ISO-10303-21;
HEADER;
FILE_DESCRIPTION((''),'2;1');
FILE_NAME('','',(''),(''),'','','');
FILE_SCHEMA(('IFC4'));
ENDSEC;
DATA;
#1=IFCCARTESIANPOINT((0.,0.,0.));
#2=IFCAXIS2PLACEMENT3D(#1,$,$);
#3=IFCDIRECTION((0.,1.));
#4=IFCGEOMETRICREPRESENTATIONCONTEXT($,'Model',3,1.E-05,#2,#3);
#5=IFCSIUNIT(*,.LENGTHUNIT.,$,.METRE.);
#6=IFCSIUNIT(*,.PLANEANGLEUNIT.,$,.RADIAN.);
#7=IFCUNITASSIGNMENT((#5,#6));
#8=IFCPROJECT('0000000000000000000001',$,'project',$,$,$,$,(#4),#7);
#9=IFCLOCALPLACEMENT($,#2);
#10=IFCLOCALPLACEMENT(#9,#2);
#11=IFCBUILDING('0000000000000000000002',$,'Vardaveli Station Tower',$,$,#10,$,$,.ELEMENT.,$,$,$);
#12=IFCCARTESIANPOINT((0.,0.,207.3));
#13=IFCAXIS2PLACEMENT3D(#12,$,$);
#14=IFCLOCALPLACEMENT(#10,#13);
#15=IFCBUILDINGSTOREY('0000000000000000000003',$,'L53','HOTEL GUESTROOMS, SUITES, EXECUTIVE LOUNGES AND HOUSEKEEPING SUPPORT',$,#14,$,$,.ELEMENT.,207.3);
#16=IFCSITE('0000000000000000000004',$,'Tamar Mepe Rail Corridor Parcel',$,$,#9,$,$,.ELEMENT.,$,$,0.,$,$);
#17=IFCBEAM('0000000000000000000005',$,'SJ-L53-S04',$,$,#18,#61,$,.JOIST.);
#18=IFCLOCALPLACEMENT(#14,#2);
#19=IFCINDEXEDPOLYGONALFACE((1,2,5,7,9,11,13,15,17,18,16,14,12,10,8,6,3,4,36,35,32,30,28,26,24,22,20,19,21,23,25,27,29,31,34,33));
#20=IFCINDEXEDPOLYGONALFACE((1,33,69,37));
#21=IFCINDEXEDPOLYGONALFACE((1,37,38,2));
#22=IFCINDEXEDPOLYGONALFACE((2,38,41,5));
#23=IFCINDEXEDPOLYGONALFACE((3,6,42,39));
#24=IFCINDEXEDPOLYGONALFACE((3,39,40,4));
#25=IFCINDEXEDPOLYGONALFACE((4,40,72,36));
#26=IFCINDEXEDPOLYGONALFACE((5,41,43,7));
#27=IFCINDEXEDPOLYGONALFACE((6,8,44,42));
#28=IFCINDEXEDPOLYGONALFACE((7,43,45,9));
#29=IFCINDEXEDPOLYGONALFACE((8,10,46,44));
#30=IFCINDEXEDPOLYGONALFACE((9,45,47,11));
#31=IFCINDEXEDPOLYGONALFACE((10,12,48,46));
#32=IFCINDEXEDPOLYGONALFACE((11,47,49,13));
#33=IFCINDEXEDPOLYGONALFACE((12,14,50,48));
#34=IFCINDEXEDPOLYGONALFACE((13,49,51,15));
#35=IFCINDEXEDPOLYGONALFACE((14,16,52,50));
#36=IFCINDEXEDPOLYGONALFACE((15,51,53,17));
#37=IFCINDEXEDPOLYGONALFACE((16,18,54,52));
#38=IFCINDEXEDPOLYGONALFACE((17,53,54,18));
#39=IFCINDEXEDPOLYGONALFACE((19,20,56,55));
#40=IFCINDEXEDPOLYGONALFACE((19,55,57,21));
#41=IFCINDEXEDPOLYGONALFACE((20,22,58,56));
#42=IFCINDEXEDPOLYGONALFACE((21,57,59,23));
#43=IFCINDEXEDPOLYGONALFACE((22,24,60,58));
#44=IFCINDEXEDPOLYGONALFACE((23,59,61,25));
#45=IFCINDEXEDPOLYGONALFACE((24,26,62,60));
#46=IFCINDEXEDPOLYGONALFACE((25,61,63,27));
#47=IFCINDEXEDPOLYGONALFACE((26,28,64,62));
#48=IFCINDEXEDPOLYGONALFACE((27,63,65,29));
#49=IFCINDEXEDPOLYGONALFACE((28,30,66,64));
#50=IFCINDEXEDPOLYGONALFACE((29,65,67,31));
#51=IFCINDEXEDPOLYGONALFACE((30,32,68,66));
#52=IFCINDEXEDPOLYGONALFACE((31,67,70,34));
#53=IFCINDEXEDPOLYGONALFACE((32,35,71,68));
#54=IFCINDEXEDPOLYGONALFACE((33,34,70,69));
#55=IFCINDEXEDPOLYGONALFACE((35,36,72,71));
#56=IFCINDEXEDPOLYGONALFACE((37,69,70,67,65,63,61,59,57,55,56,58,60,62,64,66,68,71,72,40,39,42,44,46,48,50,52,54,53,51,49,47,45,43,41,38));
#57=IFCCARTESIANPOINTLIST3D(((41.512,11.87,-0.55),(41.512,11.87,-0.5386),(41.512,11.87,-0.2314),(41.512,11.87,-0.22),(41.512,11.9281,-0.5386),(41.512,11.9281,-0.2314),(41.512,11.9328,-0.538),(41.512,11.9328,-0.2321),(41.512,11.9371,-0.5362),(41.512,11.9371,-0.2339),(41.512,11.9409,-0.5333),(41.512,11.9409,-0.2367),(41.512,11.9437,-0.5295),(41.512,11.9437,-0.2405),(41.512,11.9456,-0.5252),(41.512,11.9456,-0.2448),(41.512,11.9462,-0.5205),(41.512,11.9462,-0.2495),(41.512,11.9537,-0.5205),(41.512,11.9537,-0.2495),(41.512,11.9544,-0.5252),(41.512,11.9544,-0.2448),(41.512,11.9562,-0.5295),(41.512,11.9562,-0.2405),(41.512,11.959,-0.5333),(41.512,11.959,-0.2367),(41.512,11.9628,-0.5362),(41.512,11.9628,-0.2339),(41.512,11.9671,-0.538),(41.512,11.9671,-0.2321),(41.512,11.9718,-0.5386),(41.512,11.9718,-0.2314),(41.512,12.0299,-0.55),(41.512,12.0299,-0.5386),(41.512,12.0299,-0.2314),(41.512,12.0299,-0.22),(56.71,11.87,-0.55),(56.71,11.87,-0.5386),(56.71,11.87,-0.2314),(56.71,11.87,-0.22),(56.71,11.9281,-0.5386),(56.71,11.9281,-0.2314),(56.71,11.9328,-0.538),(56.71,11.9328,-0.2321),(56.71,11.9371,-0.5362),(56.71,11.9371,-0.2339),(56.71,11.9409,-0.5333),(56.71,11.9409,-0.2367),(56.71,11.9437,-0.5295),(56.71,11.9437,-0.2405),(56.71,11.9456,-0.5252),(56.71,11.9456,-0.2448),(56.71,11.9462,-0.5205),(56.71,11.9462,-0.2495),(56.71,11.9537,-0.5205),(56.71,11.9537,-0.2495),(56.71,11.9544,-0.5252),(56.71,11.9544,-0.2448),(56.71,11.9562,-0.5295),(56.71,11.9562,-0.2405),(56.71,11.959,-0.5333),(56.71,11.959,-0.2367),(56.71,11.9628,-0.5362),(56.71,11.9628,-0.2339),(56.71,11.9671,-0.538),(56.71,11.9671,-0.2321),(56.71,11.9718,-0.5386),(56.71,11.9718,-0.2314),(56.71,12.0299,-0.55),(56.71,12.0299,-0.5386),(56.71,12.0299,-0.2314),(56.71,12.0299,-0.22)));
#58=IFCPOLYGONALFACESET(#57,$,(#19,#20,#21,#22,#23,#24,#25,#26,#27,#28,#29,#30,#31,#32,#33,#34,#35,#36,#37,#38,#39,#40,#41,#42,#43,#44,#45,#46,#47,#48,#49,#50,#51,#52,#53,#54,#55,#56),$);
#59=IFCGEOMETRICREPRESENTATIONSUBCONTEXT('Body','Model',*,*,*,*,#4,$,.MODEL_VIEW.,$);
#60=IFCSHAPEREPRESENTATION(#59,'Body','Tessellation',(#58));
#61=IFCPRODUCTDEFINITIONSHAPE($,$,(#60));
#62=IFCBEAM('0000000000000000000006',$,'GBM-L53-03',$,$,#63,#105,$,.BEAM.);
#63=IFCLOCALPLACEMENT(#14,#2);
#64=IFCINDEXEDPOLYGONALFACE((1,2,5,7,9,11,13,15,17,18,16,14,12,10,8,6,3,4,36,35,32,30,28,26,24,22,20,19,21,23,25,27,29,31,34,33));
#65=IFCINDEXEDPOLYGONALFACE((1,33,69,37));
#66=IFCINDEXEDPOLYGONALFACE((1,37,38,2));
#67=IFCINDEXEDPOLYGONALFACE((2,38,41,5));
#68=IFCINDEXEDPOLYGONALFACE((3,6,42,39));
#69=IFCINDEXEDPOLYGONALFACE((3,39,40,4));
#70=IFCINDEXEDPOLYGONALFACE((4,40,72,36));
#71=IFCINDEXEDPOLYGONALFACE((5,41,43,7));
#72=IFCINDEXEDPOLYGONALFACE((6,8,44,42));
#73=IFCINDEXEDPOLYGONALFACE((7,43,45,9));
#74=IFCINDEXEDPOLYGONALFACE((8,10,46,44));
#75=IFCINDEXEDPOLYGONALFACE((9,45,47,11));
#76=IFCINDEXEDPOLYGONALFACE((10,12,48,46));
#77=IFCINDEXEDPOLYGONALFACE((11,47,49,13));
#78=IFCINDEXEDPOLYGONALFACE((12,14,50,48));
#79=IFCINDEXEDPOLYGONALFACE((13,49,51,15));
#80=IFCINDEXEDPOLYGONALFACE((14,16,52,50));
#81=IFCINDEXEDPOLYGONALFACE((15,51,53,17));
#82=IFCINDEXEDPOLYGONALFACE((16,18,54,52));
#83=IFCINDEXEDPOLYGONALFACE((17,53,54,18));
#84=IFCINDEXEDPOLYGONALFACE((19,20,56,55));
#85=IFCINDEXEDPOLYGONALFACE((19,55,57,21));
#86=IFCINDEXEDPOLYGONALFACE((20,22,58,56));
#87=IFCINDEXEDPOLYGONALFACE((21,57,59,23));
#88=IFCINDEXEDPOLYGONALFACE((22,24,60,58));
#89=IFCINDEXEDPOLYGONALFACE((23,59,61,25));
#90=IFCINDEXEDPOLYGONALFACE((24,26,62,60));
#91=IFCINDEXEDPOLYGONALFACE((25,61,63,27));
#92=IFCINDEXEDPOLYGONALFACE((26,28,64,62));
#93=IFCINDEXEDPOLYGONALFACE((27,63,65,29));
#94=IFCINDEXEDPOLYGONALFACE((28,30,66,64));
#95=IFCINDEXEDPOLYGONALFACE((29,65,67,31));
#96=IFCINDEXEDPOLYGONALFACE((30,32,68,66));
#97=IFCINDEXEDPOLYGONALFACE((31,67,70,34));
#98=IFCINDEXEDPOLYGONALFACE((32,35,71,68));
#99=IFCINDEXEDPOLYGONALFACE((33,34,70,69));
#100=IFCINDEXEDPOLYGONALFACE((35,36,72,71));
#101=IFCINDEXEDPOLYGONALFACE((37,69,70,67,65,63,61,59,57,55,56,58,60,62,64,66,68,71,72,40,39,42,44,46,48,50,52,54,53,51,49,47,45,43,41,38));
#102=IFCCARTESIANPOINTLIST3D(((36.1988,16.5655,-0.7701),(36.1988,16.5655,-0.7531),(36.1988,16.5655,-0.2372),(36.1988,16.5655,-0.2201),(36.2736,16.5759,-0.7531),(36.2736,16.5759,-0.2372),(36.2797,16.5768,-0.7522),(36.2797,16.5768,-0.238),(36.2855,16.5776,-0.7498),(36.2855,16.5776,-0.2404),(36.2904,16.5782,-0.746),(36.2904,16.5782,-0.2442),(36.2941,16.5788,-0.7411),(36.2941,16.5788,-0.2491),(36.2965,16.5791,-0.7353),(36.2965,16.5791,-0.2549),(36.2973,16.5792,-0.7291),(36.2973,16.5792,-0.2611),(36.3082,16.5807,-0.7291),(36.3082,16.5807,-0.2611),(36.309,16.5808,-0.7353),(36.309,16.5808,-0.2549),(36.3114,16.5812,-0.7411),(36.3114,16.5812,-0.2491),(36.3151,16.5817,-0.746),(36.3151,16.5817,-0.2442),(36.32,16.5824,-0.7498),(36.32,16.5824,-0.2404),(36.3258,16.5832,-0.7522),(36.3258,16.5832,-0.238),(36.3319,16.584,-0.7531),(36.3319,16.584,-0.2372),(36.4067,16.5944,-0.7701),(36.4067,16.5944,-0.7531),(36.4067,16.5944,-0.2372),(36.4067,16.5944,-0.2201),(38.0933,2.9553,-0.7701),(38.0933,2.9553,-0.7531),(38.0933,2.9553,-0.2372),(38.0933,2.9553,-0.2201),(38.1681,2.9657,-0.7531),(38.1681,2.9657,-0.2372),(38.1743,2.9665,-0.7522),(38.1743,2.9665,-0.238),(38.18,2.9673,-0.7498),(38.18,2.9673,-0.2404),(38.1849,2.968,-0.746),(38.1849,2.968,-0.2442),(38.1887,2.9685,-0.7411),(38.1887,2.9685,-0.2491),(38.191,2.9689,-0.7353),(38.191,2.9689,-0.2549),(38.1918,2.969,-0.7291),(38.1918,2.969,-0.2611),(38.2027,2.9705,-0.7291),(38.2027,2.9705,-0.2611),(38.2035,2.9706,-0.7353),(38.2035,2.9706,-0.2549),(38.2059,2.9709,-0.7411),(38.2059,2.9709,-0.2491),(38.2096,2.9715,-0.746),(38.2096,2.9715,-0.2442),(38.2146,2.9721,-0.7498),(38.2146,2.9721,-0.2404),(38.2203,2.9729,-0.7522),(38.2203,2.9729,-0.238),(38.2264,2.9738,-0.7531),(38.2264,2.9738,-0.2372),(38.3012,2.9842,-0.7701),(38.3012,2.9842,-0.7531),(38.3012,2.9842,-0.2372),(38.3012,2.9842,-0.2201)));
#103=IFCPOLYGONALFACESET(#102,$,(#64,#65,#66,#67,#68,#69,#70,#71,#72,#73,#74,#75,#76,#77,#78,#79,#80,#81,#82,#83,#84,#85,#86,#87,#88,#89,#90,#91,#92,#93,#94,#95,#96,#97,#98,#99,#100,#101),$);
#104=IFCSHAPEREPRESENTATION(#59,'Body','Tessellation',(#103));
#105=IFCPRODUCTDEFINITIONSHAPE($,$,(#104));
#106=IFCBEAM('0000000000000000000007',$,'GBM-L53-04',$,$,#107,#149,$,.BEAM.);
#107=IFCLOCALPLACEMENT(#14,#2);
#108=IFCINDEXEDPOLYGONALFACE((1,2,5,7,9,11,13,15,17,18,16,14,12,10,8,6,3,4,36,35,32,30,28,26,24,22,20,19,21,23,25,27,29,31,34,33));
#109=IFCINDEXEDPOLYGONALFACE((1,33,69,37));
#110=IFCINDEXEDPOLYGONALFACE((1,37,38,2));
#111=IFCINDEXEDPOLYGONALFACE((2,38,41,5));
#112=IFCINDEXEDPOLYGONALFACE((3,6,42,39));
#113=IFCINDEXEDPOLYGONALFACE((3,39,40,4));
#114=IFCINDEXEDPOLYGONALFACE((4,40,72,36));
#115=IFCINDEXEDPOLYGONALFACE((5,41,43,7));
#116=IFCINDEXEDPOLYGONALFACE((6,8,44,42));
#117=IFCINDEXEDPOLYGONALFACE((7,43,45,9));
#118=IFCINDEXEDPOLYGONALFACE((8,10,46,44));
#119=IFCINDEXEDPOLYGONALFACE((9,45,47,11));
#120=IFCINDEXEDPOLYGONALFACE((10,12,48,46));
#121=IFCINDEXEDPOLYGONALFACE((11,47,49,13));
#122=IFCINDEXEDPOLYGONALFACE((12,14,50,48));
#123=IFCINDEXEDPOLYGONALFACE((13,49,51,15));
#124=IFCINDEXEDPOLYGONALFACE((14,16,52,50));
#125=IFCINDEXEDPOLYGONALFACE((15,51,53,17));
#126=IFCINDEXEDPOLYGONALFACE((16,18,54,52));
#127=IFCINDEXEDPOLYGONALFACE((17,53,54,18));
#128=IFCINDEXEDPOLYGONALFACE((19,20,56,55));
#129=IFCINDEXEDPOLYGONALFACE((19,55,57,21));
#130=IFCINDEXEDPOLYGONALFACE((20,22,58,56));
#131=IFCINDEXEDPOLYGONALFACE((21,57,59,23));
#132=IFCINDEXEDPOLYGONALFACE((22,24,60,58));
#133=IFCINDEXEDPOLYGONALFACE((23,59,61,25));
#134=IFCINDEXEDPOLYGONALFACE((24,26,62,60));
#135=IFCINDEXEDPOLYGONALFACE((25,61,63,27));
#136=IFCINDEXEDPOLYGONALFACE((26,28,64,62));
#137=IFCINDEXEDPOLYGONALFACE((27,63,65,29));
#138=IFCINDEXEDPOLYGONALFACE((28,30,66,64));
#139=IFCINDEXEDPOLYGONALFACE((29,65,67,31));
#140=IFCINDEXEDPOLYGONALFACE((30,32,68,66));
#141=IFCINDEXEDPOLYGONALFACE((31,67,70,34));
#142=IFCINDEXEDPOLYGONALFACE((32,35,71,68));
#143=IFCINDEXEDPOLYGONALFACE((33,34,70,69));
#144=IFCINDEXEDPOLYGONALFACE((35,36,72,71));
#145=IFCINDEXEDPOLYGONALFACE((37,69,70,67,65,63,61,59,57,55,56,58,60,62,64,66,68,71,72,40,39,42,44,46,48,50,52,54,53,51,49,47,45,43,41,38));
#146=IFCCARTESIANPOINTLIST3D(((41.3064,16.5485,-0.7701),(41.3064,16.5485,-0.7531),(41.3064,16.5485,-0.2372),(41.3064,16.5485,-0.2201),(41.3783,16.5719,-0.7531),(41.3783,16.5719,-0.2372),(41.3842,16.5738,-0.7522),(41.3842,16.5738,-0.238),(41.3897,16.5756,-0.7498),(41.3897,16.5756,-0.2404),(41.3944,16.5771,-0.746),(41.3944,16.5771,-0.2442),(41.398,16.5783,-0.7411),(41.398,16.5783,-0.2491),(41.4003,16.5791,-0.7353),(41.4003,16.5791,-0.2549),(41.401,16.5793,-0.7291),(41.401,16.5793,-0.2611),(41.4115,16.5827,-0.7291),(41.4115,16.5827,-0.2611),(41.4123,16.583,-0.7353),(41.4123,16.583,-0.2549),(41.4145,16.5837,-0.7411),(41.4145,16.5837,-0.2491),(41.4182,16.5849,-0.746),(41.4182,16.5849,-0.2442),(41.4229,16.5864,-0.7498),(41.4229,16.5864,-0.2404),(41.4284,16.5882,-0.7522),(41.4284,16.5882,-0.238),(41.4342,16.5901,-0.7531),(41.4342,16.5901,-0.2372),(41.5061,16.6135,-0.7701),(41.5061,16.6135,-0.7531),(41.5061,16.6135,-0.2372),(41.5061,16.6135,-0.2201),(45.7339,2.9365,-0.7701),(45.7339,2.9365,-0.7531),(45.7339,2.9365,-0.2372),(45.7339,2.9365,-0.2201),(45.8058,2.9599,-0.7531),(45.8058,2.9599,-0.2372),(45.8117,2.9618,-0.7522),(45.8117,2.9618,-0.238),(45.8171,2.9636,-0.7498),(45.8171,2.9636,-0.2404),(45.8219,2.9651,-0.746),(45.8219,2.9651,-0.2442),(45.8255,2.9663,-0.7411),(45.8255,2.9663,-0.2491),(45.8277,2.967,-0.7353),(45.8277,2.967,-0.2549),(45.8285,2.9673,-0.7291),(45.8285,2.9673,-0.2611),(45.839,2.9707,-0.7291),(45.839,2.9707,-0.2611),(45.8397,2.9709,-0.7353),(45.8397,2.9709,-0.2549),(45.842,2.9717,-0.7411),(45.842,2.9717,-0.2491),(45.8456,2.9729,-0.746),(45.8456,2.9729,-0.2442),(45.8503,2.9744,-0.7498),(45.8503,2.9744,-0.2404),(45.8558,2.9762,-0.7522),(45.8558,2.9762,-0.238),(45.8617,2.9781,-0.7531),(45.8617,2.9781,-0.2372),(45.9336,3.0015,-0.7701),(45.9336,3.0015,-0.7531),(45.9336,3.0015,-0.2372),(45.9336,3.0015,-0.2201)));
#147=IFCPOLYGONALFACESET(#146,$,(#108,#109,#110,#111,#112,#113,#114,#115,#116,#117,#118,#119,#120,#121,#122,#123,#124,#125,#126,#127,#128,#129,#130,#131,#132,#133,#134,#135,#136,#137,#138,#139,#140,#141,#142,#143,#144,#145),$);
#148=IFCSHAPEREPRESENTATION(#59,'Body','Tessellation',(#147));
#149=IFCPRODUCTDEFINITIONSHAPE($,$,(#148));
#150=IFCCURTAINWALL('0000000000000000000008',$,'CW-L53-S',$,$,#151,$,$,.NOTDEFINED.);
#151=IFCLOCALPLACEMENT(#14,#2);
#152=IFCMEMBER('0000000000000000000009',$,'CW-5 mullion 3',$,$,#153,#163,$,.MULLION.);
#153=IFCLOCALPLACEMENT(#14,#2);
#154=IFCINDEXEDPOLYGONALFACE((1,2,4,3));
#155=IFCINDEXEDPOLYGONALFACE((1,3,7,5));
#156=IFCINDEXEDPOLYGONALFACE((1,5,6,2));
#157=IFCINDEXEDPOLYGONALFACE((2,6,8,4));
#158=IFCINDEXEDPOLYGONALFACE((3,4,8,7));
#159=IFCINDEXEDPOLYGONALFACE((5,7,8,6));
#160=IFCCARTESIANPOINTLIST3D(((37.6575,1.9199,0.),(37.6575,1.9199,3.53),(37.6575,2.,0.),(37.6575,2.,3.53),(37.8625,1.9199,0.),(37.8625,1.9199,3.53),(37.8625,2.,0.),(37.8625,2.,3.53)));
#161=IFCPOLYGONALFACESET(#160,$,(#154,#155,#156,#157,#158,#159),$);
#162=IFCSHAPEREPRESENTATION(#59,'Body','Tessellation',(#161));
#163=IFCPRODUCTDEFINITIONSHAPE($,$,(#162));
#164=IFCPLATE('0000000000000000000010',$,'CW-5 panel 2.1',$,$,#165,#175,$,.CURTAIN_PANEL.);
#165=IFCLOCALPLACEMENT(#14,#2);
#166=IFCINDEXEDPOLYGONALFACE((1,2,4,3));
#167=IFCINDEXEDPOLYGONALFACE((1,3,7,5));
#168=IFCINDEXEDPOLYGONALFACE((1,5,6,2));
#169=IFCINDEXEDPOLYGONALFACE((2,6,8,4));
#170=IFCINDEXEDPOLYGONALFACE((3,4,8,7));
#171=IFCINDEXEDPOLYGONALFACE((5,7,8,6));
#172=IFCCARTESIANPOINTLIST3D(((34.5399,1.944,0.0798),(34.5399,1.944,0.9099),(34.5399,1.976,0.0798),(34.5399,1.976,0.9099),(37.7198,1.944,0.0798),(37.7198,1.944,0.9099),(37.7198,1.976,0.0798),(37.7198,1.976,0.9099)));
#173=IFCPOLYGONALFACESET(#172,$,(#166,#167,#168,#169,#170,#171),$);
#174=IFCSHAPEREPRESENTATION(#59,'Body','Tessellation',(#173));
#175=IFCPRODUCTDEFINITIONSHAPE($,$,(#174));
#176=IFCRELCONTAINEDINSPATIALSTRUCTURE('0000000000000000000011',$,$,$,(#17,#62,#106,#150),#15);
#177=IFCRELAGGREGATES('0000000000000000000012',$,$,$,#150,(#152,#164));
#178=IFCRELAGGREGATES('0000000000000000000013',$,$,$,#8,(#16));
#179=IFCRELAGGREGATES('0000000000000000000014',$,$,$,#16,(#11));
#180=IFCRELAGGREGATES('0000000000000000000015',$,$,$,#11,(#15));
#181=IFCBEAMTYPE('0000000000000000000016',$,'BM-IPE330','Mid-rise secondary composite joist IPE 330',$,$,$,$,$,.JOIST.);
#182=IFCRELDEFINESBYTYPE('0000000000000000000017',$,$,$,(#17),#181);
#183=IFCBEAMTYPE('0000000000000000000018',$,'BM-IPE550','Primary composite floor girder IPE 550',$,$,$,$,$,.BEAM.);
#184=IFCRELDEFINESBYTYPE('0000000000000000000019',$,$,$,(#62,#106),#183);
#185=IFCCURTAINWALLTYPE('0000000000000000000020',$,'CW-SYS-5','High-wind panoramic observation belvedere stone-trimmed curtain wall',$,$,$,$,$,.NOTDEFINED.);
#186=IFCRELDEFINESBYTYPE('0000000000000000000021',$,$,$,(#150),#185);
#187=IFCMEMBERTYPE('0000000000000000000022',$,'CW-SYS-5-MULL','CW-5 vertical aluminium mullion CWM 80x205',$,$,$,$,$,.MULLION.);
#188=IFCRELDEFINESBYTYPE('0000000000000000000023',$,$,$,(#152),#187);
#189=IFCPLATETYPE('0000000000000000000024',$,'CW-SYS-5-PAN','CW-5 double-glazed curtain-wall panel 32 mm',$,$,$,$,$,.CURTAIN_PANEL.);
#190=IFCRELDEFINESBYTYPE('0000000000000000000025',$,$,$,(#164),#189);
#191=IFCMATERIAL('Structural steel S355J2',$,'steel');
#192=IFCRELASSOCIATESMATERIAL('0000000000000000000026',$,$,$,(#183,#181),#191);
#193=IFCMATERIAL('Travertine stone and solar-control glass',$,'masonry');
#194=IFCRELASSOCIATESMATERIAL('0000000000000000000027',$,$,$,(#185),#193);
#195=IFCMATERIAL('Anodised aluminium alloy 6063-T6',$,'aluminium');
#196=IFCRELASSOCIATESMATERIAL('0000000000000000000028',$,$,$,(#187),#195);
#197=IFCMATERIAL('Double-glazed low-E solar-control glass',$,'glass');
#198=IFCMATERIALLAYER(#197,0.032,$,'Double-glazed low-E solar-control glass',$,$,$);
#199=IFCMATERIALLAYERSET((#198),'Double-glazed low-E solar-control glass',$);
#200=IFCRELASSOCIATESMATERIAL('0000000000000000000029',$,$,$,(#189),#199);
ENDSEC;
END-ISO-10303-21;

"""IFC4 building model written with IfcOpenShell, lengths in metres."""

from ifc_helpers import new_model, si_unit, direction, frame, origin, origin_2d, place, context, subcontext, project, spatial, rectangle, i_section, extrude, source, transform, mapped, material, layer, layer_set, material_profile, profile_set, type_object, element, aggregate, save


model = new_model("IFC4")

# Units and contexts
model_context = context("Model", 3, precision=1e-05, world=origin(), true_north=direction((0.0, 1.0)))
body_context = subcontext(model_context, "Body", "Model", "MODEL_VIEW")
ifc_project = project(units=[si_unit("LENGTHUNIT", "METRE"), si_unit("PLANEANGLEUNIT", "RADIAN")], contexts=[model_context])

# Site, building, storey
site_placement = place(None, origin())
site = spatial("IfcSite", under=ifc_project, at=site_placement, Name="Tamar Mepe Rail Corridor Parcel", CompositionType="ELEMENT", RefElevation=0.0)
building_placement = place(site_placement, origin())
building = spatial("IfcBuilding", under=site, at=building_placement, Name="Vardaveli Station Tower", CompositionType="ELEMENT")
storey_placement = place(building_placement, frame((0.0, 0.0, 207.3)))
storey = spatial("IfcBuildingStorey", under=building, at=storey_placement, Name="L53", Description="HOTEL GUESTROOMS, SUITES, EXECUTIVE LOUNGES AND HOUSEKEEPING SUPPORT", CompositionType="ELEMENT", Elevation=207.3)

# Beams
ifc_material_1 = material(Name="Structural steel S355J2", Category="steel")
ifc_material_profile_1 = material_profile(ifc_material_1, i_section(OverallWidth=0.21, OverallDepth=0.55, WebThickness=0.011, FlangeThickness=0.0171, FilletRadius=0.0239, at=origin_2d()), Name="IPE 550")
ifc_profile_set_1 = profile_set([ifc_material_profile_1], Name="Structural steel S355J2")
beam_type_1 = type_object("IfcBeamType", Name="BM-IPE550", Description="Primary composite floor girder IPE 550", PredefinedType="BEAM", material=ifc_profile_set_1)
ifc_material_profile_2 = material_profile(ifc_material_1, i_section(OverallWidth=0.1599, OverallDepth=0.3301, WebThickness=0.0076, FlangeThickness=0.0115, FilletRadius=0.0181, at=origin_2d()), Name="IPE 330")
ifc_profile_set_2 = profile_set([ifc_material_profile_2], Name="Structural steel S355J2")
beam_type_2 = type_object("IfcBeamType", Name="BM-IPE330", Description="Mid-rise secondary composite joist IPE 330", PredefinedType="JOIST", material=ifc_profile_set_2)
shared_shape_1 = source(origin(), body_context, "Body", "SweptSolid", [
    extrude(i_section(OverallWidth=0.1599, OverallDepth=0.3301, WebThickness=0.0076, FlangeThickness=0.0115, FilletRadius=0.0181, at=origin_2d()), origin(), (0.0, 0.0, 1.0), 15.198),
])
for number, where, z_axis, x_axis, name in (
    (1, (41.512, 11.95, -0.385), (1.0, 0.0, 0.0), (0.0, 1.0, 0.0), "SJ-L53-S04"),
):
    element("IfcBeam", number, at=place(storey_placement, frame(where, z_axis=z_axis, x_axis=x_axis)), inside=storey, type_object=beam_type_2, Name=name, PredefinedType="JOIST", context=body_context, shape_type="MappedRepresentation", body=[
        mapped(shared_shape_1, transform((0.0, 0.0, 0.0), scale=1.0)),
    ])
shared_shape_2 = source(origin(), body_context, "Body", "SweptSolid", [
    extrude(i_section(OverallWidth=0.21, OverallDepth=0.55, WebThickness=0.011, FlangeThickness=0.0171, FilletRadius=0.0239, at=origin_2d()), origin(), (0.0, 0.0, 1.0), 13.7415),
])
beam_1_placement = place(storey_placement, frame((38.1973, 2.9697, -0.4951), z_axis=(-0.137869, 0.990451, 0.0), x_axis=(-0.990451, -0.137869, 0.0)))
element("IfcBeam", 2, at=beam_1_placement, inside=storey, type_object=beam_type_1, Name="GBM-L53-03", PredefinedType="BEAM", context=body_context, shape_type="MappedRepresentation", body=[
    mapped(shared_shape_2, transform((0.0, 0.0, 0.0), scale=1.0)),
])
shared_shape_3 = source(origin(), body_context, "Body", "SweptSolid", [
    extrude(i_section(OverallWidth=0.21, OverallDepth=0.55, WebThickness=0.011, FlangeThickness=0.0171, FilletRadius=0.0239, at=origin_2d()), origin(), (0.0, 0.0, 1.0), 14.314),
])
beam_2_placement = place(storey_placement, frame((45.8337, 2.969, -0.4951), z_axis=(-0.309312, 0.950961, 0.0), x_axis=(-0.950961, -0.309312, 0.0)))
element("IfcBeam", 3, at=beam_2_placement, inside=storey, type_object=beam_type_1, Name="GBM-L53-04", PredefinedType="BEAM", context=body_context, shape_type="MappedRepresentation", body=[
    mapped(shared_shape_3, transform((0.0, 0.0, 0.0), scale=1.0)),
])

# Curtain wall, member, plate
ifc_material_2 = material(Name="Travertine stone and solar-control glass", Category="masonry")
curtain_wall_type = type_object("IfcCurtainWallType", Name="CW-SYS-5", Description="High-wind panoramic observation belvedere stone-trimmed curtain wall", PredefinedType="NOTDEFINED", material=ifc_material_2)
curtain_wall_placement = place(storey_placement, origin())
curtain_wall = element("IfcCurtainWall", 4, at=curtain_wall_placement, inside=storey, type_object=curtain_wall_type, Name="CW-L53-S", PredefinedType="NOTDEFINED")
ifc_material_3 = material(Name="Anodised aluminium alloy 6063-T6", Category="aluminium")
ifc_material_profile_3 = material_profile(ifc_material_3, rectangle(XDim=0.0801, YDim=0.2051, at=origin_2d()), Name="CWM 80x205")
ifc_profile_set_3 = profile_set([ifc_material_profile_3], Name="Anodised aluminium alloy 6063-T6")
member_type = type_object("IfcMemberType", Name="CW-SYS-5-MULL", Description="CW-5 vertical aluminium mullion CWM 80x205", PredefinedType="MULLION", material=ifc_profile_set_3)
shared_shape_4 = source(origin(), body_context, "Body", "SweptSolid", [
    extrude(rectangle(XDim=0.0801, YDim=0.2051, at=origin_2d()), origin(), (0.0, 0.0, 1.0), 3.53),
])
member_placement = place(storey_placement, frame((37.76, 1.96, 0.0), z_axis=(0.0, 0.0, 1.0), x_axis=(0.0, 1.0, 0.0)))
member = element("IfcMember", 5, at=member_placement, type_object=member_type, Name="CW-5 mullion 3", PredefinedType="MULLION", context=body_context, shape_type="MappedRepresentation", body=[
    mapped(shared_shape_4, transform((0.0, 0.0, 0.0), scale=1.0)),
])
ifc_material_4 = material(Name="Double-glazed low-E solar-control glass", Category="glass")
ifc_layer_1 = layer(ifc_material_4, 0.032, Name="Double-glazed low-E solar-control glass")
ifc_layer_set_1 = layer_set([ifc_layer_1], Name="Double-glazed low-E solar-control glass")
plate_type = type_object("IfcPlateType", Name="CW-SYS-5-PAN", Description="CW-5 double-glazed curtain-wall panel 32 mm", PredefinedType="CURTAIN_PANEL", material=ifc_layer_set_1)
shared_shape_5 = source(origin(), body_context, "Body", "SweptSolid", [
    extrude(rectangle(XDim=3.1799, YDim=0.032, at=origin_2d()), origin(), (0.0, 0.0, 1.0), 0.8301),
])
plate_1_placement = place(storey_placement, frame((36.1299, 1.96, 0.0798), z_axis=(0.0, 0.0, 1.0), x_axis=(1.0, 0.0, 0.0)))
plate_1 = element("IfcPlate", 6, at=plate_1_placement, type_object=plate_type, Name="CW-5 panel 2.1", PredefinedType="CURTAIN_PANEL", context=body_context, shape_type="MappedRepresentation", body=[
    mapped(shared_shape_5, transform((0.0, 0.0, 0.0), scale=1.0)),
])
aggregate(curtain_wall, [member, plate_1])

save(model, "model.ifc")
